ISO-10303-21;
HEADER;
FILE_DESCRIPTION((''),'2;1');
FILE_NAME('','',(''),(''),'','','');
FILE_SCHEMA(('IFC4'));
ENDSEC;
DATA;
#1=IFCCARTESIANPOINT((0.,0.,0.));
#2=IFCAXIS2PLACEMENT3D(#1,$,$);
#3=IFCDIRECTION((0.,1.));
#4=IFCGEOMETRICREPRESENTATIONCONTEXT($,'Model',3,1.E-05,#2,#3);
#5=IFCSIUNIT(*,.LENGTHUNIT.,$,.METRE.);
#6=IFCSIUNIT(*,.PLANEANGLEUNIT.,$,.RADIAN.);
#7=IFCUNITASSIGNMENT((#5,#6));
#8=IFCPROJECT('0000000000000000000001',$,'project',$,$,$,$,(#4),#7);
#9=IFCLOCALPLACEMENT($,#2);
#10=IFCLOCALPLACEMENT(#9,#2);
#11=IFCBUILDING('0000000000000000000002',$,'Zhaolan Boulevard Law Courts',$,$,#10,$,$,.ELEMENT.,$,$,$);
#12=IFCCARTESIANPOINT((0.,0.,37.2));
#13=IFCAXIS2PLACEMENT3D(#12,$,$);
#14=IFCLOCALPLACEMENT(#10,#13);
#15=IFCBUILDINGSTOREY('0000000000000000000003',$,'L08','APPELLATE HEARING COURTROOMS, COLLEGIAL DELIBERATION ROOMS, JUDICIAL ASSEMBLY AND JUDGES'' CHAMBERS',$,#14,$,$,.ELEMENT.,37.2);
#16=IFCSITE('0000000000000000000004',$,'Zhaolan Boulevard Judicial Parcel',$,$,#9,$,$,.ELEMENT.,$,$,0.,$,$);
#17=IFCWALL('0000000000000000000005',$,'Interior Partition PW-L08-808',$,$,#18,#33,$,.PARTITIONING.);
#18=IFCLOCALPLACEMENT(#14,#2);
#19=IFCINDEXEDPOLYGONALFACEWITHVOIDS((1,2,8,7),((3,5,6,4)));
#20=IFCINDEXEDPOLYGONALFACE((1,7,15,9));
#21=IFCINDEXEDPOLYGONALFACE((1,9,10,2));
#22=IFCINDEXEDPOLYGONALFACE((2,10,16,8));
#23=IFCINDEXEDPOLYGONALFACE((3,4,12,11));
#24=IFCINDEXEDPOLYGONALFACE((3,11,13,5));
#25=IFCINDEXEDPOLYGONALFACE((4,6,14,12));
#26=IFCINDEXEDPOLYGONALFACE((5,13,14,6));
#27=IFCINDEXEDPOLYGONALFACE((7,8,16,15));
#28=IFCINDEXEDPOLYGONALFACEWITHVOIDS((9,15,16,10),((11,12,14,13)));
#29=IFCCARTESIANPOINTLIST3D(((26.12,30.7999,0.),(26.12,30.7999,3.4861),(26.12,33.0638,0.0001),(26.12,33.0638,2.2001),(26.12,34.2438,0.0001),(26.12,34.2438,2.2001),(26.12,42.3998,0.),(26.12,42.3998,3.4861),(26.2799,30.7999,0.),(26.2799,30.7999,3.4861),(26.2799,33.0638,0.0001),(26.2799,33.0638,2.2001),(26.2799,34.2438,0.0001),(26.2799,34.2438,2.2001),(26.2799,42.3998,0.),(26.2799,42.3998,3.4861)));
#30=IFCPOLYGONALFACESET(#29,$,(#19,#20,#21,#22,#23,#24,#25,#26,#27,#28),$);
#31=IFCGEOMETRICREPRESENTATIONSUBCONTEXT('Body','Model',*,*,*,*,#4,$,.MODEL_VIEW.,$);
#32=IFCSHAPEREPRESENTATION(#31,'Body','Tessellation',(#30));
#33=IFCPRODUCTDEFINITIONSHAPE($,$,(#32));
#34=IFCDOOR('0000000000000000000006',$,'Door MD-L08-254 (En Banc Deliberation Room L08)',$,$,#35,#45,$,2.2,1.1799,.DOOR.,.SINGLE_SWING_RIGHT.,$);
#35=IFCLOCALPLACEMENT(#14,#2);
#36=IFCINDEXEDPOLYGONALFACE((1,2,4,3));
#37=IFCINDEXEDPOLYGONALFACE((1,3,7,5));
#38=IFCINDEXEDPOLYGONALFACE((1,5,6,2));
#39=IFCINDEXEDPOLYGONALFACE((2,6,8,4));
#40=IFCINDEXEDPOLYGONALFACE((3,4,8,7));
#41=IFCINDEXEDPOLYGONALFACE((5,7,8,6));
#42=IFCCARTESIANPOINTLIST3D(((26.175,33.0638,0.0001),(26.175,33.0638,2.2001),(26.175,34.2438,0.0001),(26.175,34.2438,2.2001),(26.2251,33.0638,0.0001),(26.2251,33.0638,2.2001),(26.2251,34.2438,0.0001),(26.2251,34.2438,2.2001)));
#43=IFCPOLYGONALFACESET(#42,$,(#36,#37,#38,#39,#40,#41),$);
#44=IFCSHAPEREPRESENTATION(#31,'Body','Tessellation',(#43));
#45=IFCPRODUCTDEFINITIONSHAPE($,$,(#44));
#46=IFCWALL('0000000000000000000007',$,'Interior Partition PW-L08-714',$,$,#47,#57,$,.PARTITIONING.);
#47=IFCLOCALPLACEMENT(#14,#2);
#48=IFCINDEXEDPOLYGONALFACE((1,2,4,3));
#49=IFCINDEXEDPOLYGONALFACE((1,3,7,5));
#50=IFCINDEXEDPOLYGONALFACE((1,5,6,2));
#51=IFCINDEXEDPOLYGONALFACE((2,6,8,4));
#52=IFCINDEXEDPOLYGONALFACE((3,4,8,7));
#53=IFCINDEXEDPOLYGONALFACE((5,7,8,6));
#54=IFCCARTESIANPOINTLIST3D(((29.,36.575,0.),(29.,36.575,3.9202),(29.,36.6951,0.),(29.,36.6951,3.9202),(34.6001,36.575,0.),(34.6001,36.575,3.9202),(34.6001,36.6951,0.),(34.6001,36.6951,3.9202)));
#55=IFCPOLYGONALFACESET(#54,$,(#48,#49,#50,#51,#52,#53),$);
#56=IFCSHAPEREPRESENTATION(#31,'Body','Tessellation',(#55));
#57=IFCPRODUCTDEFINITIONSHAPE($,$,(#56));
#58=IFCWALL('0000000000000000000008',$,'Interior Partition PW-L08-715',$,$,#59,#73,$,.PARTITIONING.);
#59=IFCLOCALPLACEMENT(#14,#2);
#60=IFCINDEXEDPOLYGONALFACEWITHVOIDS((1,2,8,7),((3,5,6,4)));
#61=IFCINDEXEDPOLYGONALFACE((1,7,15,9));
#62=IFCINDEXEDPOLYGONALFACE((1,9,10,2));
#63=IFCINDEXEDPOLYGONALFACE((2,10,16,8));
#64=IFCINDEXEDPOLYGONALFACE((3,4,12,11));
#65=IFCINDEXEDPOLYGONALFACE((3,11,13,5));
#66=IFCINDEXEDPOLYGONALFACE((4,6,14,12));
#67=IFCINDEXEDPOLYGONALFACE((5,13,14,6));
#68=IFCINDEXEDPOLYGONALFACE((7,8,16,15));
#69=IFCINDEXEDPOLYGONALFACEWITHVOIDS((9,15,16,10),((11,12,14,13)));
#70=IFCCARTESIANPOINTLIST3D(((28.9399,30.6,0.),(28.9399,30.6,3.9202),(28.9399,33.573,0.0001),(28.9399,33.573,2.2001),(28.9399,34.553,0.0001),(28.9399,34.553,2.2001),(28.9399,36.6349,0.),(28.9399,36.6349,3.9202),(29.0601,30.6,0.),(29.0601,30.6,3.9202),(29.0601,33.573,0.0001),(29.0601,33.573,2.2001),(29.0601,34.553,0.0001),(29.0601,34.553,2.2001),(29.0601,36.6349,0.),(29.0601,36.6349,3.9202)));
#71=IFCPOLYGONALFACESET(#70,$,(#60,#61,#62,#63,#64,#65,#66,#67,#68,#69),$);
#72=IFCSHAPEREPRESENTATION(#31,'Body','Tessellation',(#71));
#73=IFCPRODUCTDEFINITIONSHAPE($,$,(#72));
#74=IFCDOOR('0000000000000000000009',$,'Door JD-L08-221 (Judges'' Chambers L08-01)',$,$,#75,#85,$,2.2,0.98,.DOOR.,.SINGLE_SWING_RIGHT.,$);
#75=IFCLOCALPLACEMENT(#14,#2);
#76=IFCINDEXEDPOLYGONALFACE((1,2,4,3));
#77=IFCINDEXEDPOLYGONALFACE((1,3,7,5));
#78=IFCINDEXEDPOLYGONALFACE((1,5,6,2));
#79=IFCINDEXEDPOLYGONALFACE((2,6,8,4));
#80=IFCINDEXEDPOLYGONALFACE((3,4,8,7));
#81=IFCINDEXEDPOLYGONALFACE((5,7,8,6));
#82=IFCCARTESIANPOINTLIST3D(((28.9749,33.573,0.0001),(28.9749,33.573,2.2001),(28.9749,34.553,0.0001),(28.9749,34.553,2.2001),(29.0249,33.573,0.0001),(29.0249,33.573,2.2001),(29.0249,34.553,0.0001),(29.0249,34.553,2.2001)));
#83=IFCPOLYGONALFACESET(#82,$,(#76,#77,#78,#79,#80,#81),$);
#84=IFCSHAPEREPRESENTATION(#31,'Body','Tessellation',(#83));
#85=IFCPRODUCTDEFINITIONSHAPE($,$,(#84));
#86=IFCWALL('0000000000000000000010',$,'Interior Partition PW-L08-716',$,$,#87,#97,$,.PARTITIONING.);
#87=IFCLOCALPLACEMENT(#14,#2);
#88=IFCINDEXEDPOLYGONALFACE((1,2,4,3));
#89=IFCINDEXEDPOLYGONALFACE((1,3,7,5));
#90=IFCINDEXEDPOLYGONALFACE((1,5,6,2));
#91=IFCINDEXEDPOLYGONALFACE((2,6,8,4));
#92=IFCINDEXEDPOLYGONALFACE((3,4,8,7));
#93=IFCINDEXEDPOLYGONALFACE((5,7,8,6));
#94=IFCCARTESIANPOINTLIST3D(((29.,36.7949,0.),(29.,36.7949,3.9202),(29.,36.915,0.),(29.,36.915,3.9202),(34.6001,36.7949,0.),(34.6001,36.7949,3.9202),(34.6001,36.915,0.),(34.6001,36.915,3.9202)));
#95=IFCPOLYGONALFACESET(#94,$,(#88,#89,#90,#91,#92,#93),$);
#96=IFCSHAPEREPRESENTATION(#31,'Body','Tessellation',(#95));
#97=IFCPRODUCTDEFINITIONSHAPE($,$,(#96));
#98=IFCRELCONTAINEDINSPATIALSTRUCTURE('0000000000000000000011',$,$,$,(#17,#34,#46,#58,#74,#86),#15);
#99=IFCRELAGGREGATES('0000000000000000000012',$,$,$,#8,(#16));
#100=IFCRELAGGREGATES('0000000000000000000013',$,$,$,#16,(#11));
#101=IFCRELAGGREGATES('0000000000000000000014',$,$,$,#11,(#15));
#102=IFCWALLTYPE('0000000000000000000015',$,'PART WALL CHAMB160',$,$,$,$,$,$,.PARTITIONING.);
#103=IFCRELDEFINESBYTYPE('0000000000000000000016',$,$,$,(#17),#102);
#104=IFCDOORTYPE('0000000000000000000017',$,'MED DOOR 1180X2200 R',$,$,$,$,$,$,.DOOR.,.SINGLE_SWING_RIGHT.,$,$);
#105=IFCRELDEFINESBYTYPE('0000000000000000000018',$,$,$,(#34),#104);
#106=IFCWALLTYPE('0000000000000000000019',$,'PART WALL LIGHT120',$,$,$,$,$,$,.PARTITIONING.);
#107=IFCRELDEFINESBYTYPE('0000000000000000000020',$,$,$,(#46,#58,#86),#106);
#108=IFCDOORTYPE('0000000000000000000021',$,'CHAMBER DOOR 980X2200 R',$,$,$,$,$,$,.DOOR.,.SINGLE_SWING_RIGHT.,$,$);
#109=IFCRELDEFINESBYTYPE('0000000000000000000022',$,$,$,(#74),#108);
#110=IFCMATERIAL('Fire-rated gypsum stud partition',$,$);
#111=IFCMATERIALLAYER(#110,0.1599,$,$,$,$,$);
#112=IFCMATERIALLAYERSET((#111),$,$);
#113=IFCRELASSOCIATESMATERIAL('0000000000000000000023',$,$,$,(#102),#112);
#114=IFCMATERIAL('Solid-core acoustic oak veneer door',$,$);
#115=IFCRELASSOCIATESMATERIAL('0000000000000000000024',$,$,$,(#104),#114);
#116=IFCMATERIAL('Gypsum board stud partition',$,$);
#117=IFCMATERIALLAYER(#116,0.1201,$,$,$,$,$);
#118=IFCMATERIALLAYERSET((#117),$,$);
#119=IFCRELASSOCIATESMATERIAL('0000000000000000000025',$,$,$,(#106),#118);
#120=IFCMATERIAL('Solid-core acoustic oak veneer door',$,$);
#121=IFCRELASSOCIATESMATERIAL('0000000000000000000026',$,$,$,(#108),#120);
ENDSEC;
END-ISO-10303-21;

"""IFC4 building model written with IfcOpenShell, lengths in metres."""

from ifc_helpers import new_model, si_unit, direction, frame, frame_2d, origin, place, context, subcontext, project, spatial, rectangle, extrude, material, layer, layer_set, type_object, element, fill, save


model = new_model("IFC4")

# Units and contexts
model_context = context("Model", 3, precision=1e-05, world=origin(), true_north=direction((0.0, 1.0)))
body_context = subcontext(model_context, "Body", "Model", "MODEL_VIEW")
ifc_project = project(units=[si_unit("LENGTHUNIT", "METRE"), si_unit("PLANEANGLEUNIT", "RADIAN")], contexts=[model_context])

# Site, building, storey
site_placement = place(None, origin())
site = spatial("IfcSite", under=ifc_project, at=site_placement, Name="Zhaolan Boulevard Judicial Parcel", CompositionType="ELEMENT", RefElevation=0.0)
building_placement = place(site_placement, origin())
building = spatial("IfcBuilding", under=site, at=building_placement, Name="Zhaolan Boulevard Law Courts", CompositionType="ELEMENT")
storey_placement = place(building_placement, frame((0.0, 0.0, 37.2)))
storey = spatial("IfcBuildingStorey", under=building, at=storey_placement, Name="L08", Description="APPELLATE HEARING COURTROOMS, COLLEGIAL DELIBERATION ROOMS, JUDICIAL ASSEMBLY AND JUDGES' CHAMBERS", CompositionType="ELEMENT", Elevation=37.2)

# Wall, opening, door
ifc_material_1 = material(Name="Fire-rated gypsum stud partition")
ifc_layer_1 = layer(ifc_material_1, 0.1599)
ifc_layer_set_1 = layer_set([ifc_layer_1])
wall_type_1 = type_object("IfcWallType", Name="PART WALL CHAMB160", PredefinedType="PARTITIONING", material=ifc_layer_set_1)
wall_1_placement = place(storey_placement, frame((26.2, 30.8, 0.0), z_axis=(0.0, 0.0, 1.0), x_axis=(0.0, 1.0, 0.0)))
wall_1 = element("IfcWall", 1, at=wall_1_placement, inside=storey, type_object=wall_type_1, Name="Interior Partition PW-L08-808", PredefinedType="PARTITIONING", context=body_context, shape_type="SweptSolid", body=[
    extrude(rectangle(XDim=11.5999, YDim=0.1599, at=frame_2d((5.7998, 0.0))), origin(), (0.0, 0.0, 1.0), 3.4861),
])
opening_1_placement = place(wall_1_placement, frame((2.2639, 0.0, 0.0)))
opening_1 = element("IfcOpeningElement", 2, at=opening_1_placement, cuts=wall_1, PredefinedType="OPENING", context=body_context, shape_type="SweptSolid", body=[
    extrude(rectangle(XDim=1.1799, YDim=2.2, at=frame_2d((0.5898, 1.1001))), frame((0.0, 0.0898, 0.0), z_axis=(0.0, -1.0, 0.0), x_axis=(1.0, 0.0, 0.0)), (0.0, 0.0, 1.0), 0.1799),
])
ifc_material_2 = material(Name="Solid-core acoustic oak veneer door")
door_type_1 = type_object("IfcDoorType", Name="MED DOOR 1180X2200 R", OperationType="SINGLE_SWING_RIGHT", PredefinedType="DOOR", material=ifc_material_2)
door_1_placement = place(opening_1_placement, origin())
door_1 = element("IfcDoor", 3, at=door_1_placement, inside=storey, type_object=door_type_1, Name="Door MD-L08-254 (En Banc Deliberation Room L08)", OperationType="SINGLE_SWING_RIGHT", OverallHeight=2.2, OverallWidth=1.1799, PredefinedType="DOOR", context=body_context, shape_type="SweptSolid", body=[
    extrude(rectangle(XDim=1.1799, YDim=2.2, at=frame_2d((0.5898, 1.1001))), frame((0.0, 0.0249, 0.0), z_axis=(0.0, -1.0, 0.0), x_axis=(1.0, 0.0, 0.0)), (0.0, 0.0, 1.0), 0.05),
])
fill(opening_1, door_1)

# Wall
ifc_material_3 = material(Name="Gypsum board stud partition")
ifc_layer_2 = layer(ifc_material_3, 0.1201)
ifc_layer_set_2 = layer_set([ifc_layer_2])
wall_type_2 = type_object("IfcWallType", Name="PART WALL LIGHT120", PredefinedType="PARTITIONING", material=ifc_layer_set_2)
wall_2_placement = place(storey_placement, frame((34.6001, 36.635, 0.0), z_axis=(0.0, 0.0, 1.0), x_axis=(-1.0, 0.0, 0.0)))
element("IfcWall", 4, at=wall_2_placement, inside=storey, type_object=wall_type_2, Name="Interior Partition PW-L08-714", PredefinedType="PARTITIONING", context=body_context, shape_type="SweptSolid", body=[
    extrude(rectangle(XDim=5.6001, YDim=0.1201, at=frame_2d((2.8, 0.0))), origin(), (0.0, 0.0, 1.0), 3.9202),
])

# Wall, opening, door
wall_3_placement = place(storey_placement, frame((29.0, 36.635, 0.0), z_axis=(0.0, 0.0, 1.0), x_axis=(0.0, -1.0, 0.0)))
wall_3 = element("IfcWall", 5, at=wall_3_placement, inside=storey, type_object=wall_type_2, Name="Interior Partition PW-L08-715", PredefinedType="PARTITIONING", context=body_context, shape_type="SweptSolid", body=[
    extrude(rectangle(XDim=6.0349, YDim=0.1201, at=frame_2d((3.0176, 0.0))), origin(), (0.0, 0.0, 1.0), 3.9202),
])
opening_2_placement = place(wall_3_placement, frame((2.082, 0.0, 0.0)))
opening_2 = element("IfcOpeningElement", 6, at=opening_2_placement, cuts=wall_3, PredefinedType="OPENING", context=body_context, shape_type="SweptSolid", body=[
    extrude(rectangle(XDim=0.98, YDim=2.2, at=frame_2d((0.49, 1.1001))), frame((0.0, 0.0701, 0.0), z_axis=(0.0, -1.0, 0.0), x_axis=(1.0, 0.0, 0.0)), (0.0, 0.0, 1.0), 0.1401),
])
ifc_material_4 = material(Name="Solid-core acoustic oak veneer door")
door_type_2 = type_object("IfcDoorType", Name="CHAMBER DOOR 980X2200 R", OperationType="SINGLE_SWING_RIGHT", PredefinedType="DOOR", material=ifc_material_4)
door_2_placement = place(opening_2_placement, origin())
door_2 = element("IfcDoor", 7, at=door_2_placement, inside=storey, type_object=door_type_2, Name="Door JD-L08-221 (Judges' Chambers L08-01)", OperationType="SINGLE_SWING_RIGHT", OverallHeight=2.2, OverallWidth=0.98, PredefinedType="DOOR", context=body_context, shape_type="SweptSolid", body=[
    extrude(rectangle(XDim=0.98, YDim=2.2, at=frame_2d((0.49, 1.1001))), frame((0.0, 0.0249, 0.0), z_axis=(0.0, -1.0, 0.0), x_axis=(1.0, 0.0, 0.0)), (0.0, 0.0, 1.0), 0.05),
])
fill(opening_2, door_2)

# Wall
wall_4_placement = place(storey_placement, frame((29.0, 36.855, 0.0), z_axis=(0.0, 0.0, 1.0), x_axis=(1.0, 0.0, 0.0)))
element("IfcWall", 8, at=wall_4_placement, inside=storey, type_object=wall_type_2, Name="Interior Partition PW-L08-716", PredefinedType="PARTITIONING", context=body_context, shape_type="SweptSolid", body=[
    extrude(rectangle(XDim=5.6001, YDim=0.1201, at=frame_2d((2.8, 0.0))), origin(), (0.0, 0.0, 1.0), 3.9202),
])

save(model, "model.ifc")
